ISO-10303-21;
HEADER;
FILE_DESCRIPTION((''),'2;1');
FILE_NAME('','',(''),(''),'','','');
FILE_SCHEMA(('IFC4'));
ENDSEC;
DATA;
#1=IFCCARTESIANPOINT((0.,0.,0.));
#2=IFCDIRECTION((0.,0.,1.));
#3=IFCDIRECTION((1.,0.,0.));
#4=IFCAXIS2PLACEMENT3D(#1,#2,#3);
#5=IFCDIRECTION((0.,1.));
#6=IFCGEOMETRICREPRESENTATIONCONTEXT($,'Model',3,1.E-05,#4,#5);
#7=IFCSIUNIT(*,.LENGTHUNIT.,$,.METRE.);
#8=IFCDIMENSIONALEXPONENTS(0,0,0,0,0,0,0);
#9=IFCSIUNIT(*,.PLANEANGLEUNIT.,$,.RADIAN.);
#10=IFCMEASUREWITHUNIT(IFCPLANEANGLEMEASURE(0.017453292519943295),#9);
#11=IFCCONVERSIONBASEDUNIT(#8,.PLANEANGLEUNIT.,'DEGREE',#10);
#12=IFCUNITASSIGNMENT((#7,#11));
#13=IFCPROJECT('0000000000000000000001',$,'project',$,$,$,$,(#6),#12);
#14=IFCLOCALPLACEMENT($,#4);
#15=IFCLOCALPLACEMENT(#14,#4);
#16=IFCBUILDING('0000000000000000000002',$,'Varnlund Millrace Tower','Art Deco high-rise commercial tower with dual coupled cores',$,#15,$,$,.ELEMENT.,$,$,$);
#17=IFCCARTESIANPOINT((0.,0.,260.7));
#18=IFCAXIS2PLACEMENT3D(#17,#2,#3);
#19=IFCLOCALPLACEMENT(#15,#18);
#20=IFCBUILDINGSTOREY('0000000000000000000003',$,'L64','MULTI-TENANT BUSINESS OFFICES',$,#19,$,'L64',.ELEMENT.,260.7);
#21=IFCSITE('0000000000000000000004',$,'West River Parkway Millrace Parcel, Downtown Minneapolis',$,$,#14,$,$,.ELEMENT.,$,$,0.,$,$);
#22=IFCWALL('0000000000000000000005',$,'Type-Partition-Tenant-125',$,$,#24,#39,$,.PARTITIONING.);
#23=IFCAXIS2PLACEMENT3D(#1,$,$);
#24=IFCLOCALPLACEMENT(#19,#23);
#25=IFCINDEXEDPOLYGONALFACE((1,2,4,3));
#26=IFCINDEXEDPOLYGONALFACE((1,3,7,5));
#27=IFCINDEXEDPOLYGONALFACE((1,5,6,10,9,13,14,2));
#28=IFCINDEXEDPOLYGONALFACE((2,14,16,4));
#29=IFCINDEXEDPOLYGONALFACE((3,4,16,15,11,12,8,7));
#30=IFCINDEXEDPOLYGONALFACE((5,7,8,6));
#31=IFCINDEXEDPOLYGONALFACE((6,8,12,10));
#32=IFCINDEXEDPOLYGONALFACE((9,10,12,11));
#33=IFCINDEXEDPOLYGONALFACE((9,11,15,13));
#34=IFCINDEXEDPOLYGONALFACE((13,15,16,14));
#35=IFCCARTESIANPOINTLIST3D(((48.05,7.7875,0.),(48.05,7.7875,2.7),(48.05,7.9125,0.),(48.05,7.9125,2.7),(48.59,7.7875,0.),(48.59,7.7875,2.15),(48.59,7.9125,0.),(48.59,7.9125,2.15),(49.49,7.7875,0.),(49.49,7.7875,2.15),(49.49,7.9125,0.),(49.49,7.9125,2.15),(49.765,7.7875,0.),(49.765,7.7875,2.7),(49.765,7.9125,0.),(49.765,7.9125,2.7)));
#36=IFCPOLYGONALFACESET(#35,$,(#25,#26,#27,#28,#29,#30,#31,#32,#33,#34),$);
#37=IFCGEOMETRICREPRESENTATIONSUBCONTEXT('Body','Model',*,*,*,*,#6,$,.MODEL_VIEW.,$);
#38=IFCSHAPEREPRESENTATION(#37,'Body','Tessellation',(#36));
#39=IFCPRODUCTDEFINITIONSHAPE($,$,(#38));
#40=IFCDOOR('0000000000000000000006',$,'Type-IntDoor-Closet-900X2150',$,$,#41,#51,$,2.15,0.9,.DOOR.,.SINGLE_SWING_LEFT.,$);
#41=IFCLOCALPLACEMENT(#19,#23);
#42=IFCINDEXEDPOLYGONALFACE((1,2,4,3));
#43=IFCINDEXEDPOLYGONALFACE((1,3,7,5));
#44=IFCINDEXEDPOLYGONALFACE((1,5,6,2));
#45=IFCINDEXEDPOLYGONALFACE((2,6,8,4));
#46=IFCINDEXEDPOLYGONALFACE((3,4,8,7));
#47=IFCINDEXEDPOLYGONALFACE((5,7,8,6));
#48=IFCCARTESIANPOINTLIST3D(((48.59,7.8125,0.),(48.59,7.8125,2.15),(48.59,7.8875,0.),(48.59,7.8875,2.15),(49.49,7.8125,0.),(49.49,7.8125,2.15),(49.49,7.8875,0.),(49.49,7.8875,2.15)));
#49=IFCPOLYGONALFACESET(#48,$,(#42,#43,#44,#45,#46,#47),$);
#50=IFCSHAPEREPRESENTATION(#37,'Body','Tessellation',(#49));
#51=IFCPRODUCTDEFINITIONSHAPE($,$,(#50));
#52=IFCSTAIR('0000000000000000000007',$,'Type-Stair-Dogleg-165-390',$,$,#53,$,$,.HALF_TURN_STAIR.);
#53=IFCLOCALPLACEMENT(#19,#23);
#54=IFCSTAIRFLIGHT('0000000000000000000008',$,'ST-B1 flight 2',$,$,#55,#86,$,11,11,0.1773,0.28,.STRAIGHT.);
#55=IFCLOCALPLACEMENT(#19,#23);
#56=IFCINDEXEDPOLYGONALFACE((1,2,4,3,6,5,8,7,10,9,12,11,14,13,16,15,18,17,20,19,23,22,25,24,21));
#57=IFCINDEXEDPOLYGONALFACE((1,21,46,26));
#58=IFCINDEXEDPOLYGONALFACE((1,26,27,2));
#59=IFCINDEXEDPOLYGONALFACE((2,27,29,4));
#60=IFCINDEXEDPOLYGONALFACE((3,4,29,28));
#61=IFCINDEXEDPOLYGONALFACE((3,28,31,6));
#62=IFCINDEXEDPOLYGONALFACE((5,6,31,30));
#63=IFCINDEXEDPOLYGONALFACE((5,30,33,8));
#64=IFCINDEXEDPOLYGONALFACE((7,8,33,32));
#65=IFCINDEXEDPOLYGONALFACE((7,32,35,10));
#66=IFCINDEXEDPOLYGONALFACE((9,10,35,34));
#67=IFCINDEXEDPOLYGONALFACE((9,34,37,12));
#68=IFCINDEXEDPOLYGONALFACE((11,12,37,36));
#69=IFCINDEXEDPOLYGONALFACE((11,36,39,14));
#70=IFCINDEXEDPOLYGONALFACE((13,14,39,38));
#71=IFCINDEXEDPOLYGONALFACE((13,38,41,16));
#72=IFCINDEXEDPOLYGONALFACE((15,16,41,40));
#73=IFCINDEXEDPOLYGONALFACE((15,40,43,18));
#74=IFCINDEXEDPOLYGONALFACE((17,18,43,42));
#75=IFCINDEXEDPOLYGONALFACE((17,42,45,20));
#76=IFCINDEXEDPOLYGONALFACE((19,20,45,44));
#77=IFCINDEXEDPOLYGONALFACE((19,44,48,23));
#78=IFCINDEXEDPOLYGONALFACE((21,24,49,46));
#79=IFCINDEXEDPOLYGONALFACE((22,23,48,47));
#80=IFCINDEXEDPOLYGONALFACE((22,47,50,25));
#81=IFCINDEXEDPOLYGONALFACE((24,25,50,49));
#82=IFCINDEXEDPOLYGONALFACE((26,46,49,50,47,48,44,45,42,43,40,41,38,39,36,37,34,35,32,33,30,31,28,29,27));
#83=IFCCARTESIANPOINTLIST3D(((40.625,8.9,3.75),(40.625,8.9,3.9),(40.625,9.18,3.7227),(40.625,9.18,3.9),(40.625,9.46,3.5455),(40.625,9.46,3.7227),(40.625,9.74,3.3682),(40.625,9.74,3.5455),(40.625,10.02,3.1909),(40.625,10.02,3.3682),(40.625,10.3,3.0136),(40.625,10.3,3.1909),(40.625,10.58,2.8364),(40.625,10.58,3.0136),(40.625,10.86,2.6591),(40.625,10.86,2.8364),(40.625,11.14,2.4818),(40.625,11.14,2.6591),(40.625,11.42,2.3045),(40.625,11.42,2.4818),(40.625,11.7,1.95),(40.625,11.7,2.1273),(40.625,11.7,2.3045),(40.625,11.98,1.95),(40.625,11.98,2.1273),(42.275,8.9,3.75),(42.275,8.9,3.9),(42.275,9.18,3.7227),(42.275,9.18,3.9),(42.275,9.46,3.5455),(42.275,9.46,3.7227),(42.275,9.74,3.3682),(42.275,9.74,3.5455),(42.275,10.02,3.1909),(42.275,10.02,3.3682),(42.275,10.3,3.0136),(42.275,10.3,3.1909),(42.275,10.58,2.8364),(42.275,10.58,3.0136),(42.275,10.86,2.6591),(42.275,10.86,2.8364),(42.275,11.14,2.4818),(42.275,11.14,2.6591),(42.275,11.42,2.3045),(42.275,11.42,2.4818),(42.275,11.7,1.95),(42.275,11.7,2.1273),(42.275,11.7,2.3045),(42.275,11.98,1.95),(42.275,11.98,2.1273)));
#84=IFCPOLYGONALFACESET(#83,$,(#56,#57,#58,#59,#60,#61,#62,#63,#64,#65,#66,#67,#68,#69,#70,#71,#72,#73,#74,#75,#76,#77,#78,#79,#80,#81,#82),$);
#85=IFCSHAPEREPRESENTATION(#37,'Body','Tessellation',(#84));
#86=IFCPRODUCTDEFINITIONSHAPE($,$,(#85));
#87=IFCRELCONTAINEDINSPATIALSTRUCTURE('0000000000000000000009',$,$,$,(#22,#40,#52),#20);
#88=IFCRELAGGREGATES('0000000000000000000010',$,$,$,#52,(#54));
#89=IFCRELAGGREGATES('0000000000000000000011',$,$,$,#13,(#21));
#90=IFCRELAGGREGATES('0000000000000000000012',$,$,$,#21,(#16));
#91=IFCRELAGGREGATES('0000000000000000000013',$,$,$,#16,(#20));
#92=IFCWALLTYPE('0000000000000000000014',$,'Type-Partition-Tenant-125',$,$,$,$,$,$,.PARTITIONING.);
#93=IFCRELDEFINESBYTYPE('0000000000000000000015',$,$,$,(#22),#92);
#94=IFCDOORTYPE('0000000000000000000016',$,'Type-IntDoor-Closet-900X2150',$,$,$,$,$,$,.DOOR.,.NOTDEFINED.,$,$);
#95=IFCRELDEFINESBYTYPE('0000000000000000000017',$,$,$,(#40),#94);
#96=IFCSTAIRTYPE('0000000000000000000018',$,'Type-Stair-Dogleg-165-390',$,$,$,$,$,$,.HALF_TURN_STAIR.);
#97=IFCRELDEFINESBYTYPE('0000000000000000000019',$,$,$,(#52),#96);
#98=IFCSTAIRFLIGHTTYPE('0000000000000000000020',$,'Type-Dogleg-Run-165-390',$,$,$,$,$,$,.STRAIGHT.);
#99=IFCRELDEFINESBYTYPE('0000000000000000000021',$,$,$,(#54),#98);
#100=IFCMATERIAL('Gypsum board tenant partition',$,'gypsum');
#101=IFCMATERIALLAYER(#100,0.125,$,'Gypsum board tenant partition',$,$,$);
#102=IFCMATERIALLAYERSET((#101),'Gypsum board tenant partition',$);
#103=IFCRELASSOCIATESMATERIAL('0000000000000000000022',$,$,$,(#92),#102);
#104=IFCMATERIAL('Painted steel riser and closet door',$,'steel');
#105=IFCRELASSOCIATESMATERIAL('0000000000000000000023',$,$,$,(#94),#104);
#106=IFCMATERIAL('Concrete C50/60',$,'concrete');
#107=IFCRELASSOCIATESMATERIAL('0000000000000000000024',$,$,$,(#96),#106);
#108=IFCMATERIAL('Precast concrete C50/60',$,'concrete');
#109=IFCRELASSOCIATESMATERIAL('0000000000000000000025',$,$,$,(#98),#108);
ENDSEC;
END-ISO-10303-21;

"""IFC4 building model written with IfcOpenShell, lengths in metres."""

from ifc_helpers import new_model, entity, si_unit, converted_unit, direction, frame, origin_with_axes, origin_2d_with_axis, place, context, subcontext, project, spatial, polyline, rectangle, outline, extrude, material, layer, layer_set, type_object, element, fill, aggregate, save


model = new_model("IFC4")

# Units and contexts
model_context = context("Model", 3, precision=1e-05, world=origin_with_axes(), true_north=direction((0.0, 1.0)))
body_context = subcontext(model_context, "Body", "Model", "MODEL_VIEW")
ifc_project = project(units=[si_unit("LENGTHUNIT", "METRE"), converted_unit("PLANEANGLEUNIT", "DEGREE", entity("IfcPlaneAngleMeasure", 0.017453292519943295), si_unit("PLANEANGLEUNIT", "RADIAN"), dimensions=[0, 0, 0, 0, 0, 0, 0])], contexts=[model_context])

# Site, building, storey
site_placement = place(None, origin_with_axes())
site = spatial("IfcSite", under=ifc_project, at=site_placement, Name="West River Parkway Millrace Parcel, Downtown Minneapolis", CompositionType="ELEMENT", RefElevation=0.0)
building_placement = place(site_placement, origin_with_axes())
building = spatial("IfcBuilding", under=site, at=building_placement, Name="Varnlund Millrace Tower", Description="Art Deco high-rise commercial tower with dual coupled cores", CompositionType="ELEMENT")
storey_placement = place(building_placement, frame((0.0, 0.0, 260.7), z_axis=(0.0, 0.0, 1.0), x_axis=(1.0, 0.0, 0.0)))
storey = spatial("IfcBuildingStorey", under=building, at=storey_placement, Name="L64", Description="MULTI-TENANT BUSINESS OFFICES", LongName="L64", CompositionType="ELEMENT", Elevation=260.7)

# Shared definitions
ifc_material_1 = material(Name="Precast concrete C50/60", Category="concrete")

# Wall, opening, door
ifc_material_2 = material(Name="Gypsum board tenant partition", Category="gypsum")
ifc_layer_1 = layer(ifc_material_2, 0.125, Name="Gypsum board tenant partition")
ifc_layer_set_1 = layer_set([ifc_layer_1], Name="Gypsum board tenant partition")
wall_type_1 = type_object("IfcWallType", Name="Type-Partition-Tenant-125", PredefinedType="PARTITIONING", material=ifc_layer_set_1)
wall_1_placement = place(storey_placement, frame((49.765, 7.85, 0.0), z_axis=(0.0, 0.0, 1.0), x_axis=(-1.0, 0.0, 0.0)))
wall_1 = element("IfcWall", 1, at=wall_1_placement, inside=storey, type_object=wall_type_1, Name="Type-Partition-Tenant-125", PredefinedType="PARTITIONING", context=body_context, shape_type="SweptSolid", body=[
    extrude(outline(polyline([(0.0, -0.0625), (1.715, -0.0625), (1.715, 0.0625), (0.0, 0.0625), (0.0, -0.0625)])), origin_with_axes(), (0.0, 0.0, 1.0), 2.7),
])
opening_1_placement = place(wall_1_placement, frame((0.725, 0.0, 0.0), z_axis=(0.0, 0.0, 1.0), x_axis=(1.0, 0.0, 0.0)))
opening_1 = element("IfcOpeningElement", 2, at=opening_1_placement, cuts=wall_1, PredefinedType="OPENING", context=body_context, shape_type="SweptSolid", body=[
    extrude(rectangle(XDim=0.9, YDim=0.145, at=origin_2d_with_axis()), origin_with_axes(), (0.0, 0.0, 1.0), 2.15),
])
ifc_material_3 = material(Name="Painted steel riser and closet door", Category="steel")
door_type = type_object("IfcDoorType", Name="Type-IntDoor-Closet-900X2150", OperationType="NOTDEFINED", PredefinedType="DOOR", material=ifc_material_3)
door_placement = place(wall_1_placement, frame((0.725, 0.0, 0.0), z_axis=(0.0, 0.0, 1.0), x_axis=(1.0, 0.0, 0.0)))
door = element("IfcDoor", 3, at=door_placement, inside=storey, type_object=door_type, Name="Type-IntDoor-Closet-900X2150", OperationType="SINGLE_SWING_LEFT", OverallHeight=2.15, OverallWidth=0.9, PredefinedType="DOOR", context=body_context, shape_type="SweptSolid", body=[
    extrude(rectangle(XDim=0.9, YDim=0.075, at=origin_2d_with_axis()), origin_with_axes(), (0.0, 0.0, 1.0), 2.15),
])
fill(opening_1, door)

# Stair, stair flight
ifc_material_4 = material(Name="Concrete C50/60", Category="concrete")
stair_type = type_object("IfcStairType", Name="Type-Stair-Dogleg-165-390", PredefinedType="HALF_TURN_STAIR", material=ifc_material_4)
stair_placement = place(storey_placement, origin_with_axes())
stair = element("IfcStair", 4, at=stair_placement, inside=storey, type_object=stair_type, Name="Type-Stair-Dogleg-165-390", PredefinedType="HALF_TURN_STAIR")
stair_flight_type = type_object("IfcStairFlightType", Name="Type-Dogleg-Run-165-390", PredefinedType="STRAIGHT", material=ifc_material_1)
stair_flight_placement = place(storey_placement, frame((42.275, 11.98, 1.95), z_axis=(-1.0, 0.0, 0.0), x_axis=(0.0, -1.0, 0.0)))
stair_flight = element("IfcStairFlight", 5, at=stair_flight_placement, type_object=stair_flight_type, Name="ST-B1 flight 2", NumberOfRisers=11, NumberOfTreads=11, PredefinedType="STRAIGHT", RiserHeight=0.1773, TreadLength=0.28, context=body_context, shape_type="SweptSolid", body=[
    extrude(outline(polyline([(0.0, 0.0), (0.0, 0.1773), (0.28, 0.1773), (0.28, 0.3545), (0.56, 0.3545), (0.56, 0.5318), (0.84, 0.5318), (0.84, 0.7091), (1.12, 0.7091), (1.12, 0.8864), (1.4, 0.8864), (1.4, 1.0636), (1.68, 1.0636), (1.68, 1.2409), (1.96, 1.2409), (1.96, 1.4182), (2.24, 1.4182), (2.24, 1.5955), (2.52, 1.5955), (2.52, 1.7727), (2.8, 1.7727), (2.8, 1.95), (3.08, 1.95), (3.08, 1.8), (0.28, 0.0), (0.0, 0.0)])), origin_with_axes(), (0.0, 0.0, 1.0), 1.65),
])
aggregate(stair, [stair_flight])

save(model, "model.ifc")
